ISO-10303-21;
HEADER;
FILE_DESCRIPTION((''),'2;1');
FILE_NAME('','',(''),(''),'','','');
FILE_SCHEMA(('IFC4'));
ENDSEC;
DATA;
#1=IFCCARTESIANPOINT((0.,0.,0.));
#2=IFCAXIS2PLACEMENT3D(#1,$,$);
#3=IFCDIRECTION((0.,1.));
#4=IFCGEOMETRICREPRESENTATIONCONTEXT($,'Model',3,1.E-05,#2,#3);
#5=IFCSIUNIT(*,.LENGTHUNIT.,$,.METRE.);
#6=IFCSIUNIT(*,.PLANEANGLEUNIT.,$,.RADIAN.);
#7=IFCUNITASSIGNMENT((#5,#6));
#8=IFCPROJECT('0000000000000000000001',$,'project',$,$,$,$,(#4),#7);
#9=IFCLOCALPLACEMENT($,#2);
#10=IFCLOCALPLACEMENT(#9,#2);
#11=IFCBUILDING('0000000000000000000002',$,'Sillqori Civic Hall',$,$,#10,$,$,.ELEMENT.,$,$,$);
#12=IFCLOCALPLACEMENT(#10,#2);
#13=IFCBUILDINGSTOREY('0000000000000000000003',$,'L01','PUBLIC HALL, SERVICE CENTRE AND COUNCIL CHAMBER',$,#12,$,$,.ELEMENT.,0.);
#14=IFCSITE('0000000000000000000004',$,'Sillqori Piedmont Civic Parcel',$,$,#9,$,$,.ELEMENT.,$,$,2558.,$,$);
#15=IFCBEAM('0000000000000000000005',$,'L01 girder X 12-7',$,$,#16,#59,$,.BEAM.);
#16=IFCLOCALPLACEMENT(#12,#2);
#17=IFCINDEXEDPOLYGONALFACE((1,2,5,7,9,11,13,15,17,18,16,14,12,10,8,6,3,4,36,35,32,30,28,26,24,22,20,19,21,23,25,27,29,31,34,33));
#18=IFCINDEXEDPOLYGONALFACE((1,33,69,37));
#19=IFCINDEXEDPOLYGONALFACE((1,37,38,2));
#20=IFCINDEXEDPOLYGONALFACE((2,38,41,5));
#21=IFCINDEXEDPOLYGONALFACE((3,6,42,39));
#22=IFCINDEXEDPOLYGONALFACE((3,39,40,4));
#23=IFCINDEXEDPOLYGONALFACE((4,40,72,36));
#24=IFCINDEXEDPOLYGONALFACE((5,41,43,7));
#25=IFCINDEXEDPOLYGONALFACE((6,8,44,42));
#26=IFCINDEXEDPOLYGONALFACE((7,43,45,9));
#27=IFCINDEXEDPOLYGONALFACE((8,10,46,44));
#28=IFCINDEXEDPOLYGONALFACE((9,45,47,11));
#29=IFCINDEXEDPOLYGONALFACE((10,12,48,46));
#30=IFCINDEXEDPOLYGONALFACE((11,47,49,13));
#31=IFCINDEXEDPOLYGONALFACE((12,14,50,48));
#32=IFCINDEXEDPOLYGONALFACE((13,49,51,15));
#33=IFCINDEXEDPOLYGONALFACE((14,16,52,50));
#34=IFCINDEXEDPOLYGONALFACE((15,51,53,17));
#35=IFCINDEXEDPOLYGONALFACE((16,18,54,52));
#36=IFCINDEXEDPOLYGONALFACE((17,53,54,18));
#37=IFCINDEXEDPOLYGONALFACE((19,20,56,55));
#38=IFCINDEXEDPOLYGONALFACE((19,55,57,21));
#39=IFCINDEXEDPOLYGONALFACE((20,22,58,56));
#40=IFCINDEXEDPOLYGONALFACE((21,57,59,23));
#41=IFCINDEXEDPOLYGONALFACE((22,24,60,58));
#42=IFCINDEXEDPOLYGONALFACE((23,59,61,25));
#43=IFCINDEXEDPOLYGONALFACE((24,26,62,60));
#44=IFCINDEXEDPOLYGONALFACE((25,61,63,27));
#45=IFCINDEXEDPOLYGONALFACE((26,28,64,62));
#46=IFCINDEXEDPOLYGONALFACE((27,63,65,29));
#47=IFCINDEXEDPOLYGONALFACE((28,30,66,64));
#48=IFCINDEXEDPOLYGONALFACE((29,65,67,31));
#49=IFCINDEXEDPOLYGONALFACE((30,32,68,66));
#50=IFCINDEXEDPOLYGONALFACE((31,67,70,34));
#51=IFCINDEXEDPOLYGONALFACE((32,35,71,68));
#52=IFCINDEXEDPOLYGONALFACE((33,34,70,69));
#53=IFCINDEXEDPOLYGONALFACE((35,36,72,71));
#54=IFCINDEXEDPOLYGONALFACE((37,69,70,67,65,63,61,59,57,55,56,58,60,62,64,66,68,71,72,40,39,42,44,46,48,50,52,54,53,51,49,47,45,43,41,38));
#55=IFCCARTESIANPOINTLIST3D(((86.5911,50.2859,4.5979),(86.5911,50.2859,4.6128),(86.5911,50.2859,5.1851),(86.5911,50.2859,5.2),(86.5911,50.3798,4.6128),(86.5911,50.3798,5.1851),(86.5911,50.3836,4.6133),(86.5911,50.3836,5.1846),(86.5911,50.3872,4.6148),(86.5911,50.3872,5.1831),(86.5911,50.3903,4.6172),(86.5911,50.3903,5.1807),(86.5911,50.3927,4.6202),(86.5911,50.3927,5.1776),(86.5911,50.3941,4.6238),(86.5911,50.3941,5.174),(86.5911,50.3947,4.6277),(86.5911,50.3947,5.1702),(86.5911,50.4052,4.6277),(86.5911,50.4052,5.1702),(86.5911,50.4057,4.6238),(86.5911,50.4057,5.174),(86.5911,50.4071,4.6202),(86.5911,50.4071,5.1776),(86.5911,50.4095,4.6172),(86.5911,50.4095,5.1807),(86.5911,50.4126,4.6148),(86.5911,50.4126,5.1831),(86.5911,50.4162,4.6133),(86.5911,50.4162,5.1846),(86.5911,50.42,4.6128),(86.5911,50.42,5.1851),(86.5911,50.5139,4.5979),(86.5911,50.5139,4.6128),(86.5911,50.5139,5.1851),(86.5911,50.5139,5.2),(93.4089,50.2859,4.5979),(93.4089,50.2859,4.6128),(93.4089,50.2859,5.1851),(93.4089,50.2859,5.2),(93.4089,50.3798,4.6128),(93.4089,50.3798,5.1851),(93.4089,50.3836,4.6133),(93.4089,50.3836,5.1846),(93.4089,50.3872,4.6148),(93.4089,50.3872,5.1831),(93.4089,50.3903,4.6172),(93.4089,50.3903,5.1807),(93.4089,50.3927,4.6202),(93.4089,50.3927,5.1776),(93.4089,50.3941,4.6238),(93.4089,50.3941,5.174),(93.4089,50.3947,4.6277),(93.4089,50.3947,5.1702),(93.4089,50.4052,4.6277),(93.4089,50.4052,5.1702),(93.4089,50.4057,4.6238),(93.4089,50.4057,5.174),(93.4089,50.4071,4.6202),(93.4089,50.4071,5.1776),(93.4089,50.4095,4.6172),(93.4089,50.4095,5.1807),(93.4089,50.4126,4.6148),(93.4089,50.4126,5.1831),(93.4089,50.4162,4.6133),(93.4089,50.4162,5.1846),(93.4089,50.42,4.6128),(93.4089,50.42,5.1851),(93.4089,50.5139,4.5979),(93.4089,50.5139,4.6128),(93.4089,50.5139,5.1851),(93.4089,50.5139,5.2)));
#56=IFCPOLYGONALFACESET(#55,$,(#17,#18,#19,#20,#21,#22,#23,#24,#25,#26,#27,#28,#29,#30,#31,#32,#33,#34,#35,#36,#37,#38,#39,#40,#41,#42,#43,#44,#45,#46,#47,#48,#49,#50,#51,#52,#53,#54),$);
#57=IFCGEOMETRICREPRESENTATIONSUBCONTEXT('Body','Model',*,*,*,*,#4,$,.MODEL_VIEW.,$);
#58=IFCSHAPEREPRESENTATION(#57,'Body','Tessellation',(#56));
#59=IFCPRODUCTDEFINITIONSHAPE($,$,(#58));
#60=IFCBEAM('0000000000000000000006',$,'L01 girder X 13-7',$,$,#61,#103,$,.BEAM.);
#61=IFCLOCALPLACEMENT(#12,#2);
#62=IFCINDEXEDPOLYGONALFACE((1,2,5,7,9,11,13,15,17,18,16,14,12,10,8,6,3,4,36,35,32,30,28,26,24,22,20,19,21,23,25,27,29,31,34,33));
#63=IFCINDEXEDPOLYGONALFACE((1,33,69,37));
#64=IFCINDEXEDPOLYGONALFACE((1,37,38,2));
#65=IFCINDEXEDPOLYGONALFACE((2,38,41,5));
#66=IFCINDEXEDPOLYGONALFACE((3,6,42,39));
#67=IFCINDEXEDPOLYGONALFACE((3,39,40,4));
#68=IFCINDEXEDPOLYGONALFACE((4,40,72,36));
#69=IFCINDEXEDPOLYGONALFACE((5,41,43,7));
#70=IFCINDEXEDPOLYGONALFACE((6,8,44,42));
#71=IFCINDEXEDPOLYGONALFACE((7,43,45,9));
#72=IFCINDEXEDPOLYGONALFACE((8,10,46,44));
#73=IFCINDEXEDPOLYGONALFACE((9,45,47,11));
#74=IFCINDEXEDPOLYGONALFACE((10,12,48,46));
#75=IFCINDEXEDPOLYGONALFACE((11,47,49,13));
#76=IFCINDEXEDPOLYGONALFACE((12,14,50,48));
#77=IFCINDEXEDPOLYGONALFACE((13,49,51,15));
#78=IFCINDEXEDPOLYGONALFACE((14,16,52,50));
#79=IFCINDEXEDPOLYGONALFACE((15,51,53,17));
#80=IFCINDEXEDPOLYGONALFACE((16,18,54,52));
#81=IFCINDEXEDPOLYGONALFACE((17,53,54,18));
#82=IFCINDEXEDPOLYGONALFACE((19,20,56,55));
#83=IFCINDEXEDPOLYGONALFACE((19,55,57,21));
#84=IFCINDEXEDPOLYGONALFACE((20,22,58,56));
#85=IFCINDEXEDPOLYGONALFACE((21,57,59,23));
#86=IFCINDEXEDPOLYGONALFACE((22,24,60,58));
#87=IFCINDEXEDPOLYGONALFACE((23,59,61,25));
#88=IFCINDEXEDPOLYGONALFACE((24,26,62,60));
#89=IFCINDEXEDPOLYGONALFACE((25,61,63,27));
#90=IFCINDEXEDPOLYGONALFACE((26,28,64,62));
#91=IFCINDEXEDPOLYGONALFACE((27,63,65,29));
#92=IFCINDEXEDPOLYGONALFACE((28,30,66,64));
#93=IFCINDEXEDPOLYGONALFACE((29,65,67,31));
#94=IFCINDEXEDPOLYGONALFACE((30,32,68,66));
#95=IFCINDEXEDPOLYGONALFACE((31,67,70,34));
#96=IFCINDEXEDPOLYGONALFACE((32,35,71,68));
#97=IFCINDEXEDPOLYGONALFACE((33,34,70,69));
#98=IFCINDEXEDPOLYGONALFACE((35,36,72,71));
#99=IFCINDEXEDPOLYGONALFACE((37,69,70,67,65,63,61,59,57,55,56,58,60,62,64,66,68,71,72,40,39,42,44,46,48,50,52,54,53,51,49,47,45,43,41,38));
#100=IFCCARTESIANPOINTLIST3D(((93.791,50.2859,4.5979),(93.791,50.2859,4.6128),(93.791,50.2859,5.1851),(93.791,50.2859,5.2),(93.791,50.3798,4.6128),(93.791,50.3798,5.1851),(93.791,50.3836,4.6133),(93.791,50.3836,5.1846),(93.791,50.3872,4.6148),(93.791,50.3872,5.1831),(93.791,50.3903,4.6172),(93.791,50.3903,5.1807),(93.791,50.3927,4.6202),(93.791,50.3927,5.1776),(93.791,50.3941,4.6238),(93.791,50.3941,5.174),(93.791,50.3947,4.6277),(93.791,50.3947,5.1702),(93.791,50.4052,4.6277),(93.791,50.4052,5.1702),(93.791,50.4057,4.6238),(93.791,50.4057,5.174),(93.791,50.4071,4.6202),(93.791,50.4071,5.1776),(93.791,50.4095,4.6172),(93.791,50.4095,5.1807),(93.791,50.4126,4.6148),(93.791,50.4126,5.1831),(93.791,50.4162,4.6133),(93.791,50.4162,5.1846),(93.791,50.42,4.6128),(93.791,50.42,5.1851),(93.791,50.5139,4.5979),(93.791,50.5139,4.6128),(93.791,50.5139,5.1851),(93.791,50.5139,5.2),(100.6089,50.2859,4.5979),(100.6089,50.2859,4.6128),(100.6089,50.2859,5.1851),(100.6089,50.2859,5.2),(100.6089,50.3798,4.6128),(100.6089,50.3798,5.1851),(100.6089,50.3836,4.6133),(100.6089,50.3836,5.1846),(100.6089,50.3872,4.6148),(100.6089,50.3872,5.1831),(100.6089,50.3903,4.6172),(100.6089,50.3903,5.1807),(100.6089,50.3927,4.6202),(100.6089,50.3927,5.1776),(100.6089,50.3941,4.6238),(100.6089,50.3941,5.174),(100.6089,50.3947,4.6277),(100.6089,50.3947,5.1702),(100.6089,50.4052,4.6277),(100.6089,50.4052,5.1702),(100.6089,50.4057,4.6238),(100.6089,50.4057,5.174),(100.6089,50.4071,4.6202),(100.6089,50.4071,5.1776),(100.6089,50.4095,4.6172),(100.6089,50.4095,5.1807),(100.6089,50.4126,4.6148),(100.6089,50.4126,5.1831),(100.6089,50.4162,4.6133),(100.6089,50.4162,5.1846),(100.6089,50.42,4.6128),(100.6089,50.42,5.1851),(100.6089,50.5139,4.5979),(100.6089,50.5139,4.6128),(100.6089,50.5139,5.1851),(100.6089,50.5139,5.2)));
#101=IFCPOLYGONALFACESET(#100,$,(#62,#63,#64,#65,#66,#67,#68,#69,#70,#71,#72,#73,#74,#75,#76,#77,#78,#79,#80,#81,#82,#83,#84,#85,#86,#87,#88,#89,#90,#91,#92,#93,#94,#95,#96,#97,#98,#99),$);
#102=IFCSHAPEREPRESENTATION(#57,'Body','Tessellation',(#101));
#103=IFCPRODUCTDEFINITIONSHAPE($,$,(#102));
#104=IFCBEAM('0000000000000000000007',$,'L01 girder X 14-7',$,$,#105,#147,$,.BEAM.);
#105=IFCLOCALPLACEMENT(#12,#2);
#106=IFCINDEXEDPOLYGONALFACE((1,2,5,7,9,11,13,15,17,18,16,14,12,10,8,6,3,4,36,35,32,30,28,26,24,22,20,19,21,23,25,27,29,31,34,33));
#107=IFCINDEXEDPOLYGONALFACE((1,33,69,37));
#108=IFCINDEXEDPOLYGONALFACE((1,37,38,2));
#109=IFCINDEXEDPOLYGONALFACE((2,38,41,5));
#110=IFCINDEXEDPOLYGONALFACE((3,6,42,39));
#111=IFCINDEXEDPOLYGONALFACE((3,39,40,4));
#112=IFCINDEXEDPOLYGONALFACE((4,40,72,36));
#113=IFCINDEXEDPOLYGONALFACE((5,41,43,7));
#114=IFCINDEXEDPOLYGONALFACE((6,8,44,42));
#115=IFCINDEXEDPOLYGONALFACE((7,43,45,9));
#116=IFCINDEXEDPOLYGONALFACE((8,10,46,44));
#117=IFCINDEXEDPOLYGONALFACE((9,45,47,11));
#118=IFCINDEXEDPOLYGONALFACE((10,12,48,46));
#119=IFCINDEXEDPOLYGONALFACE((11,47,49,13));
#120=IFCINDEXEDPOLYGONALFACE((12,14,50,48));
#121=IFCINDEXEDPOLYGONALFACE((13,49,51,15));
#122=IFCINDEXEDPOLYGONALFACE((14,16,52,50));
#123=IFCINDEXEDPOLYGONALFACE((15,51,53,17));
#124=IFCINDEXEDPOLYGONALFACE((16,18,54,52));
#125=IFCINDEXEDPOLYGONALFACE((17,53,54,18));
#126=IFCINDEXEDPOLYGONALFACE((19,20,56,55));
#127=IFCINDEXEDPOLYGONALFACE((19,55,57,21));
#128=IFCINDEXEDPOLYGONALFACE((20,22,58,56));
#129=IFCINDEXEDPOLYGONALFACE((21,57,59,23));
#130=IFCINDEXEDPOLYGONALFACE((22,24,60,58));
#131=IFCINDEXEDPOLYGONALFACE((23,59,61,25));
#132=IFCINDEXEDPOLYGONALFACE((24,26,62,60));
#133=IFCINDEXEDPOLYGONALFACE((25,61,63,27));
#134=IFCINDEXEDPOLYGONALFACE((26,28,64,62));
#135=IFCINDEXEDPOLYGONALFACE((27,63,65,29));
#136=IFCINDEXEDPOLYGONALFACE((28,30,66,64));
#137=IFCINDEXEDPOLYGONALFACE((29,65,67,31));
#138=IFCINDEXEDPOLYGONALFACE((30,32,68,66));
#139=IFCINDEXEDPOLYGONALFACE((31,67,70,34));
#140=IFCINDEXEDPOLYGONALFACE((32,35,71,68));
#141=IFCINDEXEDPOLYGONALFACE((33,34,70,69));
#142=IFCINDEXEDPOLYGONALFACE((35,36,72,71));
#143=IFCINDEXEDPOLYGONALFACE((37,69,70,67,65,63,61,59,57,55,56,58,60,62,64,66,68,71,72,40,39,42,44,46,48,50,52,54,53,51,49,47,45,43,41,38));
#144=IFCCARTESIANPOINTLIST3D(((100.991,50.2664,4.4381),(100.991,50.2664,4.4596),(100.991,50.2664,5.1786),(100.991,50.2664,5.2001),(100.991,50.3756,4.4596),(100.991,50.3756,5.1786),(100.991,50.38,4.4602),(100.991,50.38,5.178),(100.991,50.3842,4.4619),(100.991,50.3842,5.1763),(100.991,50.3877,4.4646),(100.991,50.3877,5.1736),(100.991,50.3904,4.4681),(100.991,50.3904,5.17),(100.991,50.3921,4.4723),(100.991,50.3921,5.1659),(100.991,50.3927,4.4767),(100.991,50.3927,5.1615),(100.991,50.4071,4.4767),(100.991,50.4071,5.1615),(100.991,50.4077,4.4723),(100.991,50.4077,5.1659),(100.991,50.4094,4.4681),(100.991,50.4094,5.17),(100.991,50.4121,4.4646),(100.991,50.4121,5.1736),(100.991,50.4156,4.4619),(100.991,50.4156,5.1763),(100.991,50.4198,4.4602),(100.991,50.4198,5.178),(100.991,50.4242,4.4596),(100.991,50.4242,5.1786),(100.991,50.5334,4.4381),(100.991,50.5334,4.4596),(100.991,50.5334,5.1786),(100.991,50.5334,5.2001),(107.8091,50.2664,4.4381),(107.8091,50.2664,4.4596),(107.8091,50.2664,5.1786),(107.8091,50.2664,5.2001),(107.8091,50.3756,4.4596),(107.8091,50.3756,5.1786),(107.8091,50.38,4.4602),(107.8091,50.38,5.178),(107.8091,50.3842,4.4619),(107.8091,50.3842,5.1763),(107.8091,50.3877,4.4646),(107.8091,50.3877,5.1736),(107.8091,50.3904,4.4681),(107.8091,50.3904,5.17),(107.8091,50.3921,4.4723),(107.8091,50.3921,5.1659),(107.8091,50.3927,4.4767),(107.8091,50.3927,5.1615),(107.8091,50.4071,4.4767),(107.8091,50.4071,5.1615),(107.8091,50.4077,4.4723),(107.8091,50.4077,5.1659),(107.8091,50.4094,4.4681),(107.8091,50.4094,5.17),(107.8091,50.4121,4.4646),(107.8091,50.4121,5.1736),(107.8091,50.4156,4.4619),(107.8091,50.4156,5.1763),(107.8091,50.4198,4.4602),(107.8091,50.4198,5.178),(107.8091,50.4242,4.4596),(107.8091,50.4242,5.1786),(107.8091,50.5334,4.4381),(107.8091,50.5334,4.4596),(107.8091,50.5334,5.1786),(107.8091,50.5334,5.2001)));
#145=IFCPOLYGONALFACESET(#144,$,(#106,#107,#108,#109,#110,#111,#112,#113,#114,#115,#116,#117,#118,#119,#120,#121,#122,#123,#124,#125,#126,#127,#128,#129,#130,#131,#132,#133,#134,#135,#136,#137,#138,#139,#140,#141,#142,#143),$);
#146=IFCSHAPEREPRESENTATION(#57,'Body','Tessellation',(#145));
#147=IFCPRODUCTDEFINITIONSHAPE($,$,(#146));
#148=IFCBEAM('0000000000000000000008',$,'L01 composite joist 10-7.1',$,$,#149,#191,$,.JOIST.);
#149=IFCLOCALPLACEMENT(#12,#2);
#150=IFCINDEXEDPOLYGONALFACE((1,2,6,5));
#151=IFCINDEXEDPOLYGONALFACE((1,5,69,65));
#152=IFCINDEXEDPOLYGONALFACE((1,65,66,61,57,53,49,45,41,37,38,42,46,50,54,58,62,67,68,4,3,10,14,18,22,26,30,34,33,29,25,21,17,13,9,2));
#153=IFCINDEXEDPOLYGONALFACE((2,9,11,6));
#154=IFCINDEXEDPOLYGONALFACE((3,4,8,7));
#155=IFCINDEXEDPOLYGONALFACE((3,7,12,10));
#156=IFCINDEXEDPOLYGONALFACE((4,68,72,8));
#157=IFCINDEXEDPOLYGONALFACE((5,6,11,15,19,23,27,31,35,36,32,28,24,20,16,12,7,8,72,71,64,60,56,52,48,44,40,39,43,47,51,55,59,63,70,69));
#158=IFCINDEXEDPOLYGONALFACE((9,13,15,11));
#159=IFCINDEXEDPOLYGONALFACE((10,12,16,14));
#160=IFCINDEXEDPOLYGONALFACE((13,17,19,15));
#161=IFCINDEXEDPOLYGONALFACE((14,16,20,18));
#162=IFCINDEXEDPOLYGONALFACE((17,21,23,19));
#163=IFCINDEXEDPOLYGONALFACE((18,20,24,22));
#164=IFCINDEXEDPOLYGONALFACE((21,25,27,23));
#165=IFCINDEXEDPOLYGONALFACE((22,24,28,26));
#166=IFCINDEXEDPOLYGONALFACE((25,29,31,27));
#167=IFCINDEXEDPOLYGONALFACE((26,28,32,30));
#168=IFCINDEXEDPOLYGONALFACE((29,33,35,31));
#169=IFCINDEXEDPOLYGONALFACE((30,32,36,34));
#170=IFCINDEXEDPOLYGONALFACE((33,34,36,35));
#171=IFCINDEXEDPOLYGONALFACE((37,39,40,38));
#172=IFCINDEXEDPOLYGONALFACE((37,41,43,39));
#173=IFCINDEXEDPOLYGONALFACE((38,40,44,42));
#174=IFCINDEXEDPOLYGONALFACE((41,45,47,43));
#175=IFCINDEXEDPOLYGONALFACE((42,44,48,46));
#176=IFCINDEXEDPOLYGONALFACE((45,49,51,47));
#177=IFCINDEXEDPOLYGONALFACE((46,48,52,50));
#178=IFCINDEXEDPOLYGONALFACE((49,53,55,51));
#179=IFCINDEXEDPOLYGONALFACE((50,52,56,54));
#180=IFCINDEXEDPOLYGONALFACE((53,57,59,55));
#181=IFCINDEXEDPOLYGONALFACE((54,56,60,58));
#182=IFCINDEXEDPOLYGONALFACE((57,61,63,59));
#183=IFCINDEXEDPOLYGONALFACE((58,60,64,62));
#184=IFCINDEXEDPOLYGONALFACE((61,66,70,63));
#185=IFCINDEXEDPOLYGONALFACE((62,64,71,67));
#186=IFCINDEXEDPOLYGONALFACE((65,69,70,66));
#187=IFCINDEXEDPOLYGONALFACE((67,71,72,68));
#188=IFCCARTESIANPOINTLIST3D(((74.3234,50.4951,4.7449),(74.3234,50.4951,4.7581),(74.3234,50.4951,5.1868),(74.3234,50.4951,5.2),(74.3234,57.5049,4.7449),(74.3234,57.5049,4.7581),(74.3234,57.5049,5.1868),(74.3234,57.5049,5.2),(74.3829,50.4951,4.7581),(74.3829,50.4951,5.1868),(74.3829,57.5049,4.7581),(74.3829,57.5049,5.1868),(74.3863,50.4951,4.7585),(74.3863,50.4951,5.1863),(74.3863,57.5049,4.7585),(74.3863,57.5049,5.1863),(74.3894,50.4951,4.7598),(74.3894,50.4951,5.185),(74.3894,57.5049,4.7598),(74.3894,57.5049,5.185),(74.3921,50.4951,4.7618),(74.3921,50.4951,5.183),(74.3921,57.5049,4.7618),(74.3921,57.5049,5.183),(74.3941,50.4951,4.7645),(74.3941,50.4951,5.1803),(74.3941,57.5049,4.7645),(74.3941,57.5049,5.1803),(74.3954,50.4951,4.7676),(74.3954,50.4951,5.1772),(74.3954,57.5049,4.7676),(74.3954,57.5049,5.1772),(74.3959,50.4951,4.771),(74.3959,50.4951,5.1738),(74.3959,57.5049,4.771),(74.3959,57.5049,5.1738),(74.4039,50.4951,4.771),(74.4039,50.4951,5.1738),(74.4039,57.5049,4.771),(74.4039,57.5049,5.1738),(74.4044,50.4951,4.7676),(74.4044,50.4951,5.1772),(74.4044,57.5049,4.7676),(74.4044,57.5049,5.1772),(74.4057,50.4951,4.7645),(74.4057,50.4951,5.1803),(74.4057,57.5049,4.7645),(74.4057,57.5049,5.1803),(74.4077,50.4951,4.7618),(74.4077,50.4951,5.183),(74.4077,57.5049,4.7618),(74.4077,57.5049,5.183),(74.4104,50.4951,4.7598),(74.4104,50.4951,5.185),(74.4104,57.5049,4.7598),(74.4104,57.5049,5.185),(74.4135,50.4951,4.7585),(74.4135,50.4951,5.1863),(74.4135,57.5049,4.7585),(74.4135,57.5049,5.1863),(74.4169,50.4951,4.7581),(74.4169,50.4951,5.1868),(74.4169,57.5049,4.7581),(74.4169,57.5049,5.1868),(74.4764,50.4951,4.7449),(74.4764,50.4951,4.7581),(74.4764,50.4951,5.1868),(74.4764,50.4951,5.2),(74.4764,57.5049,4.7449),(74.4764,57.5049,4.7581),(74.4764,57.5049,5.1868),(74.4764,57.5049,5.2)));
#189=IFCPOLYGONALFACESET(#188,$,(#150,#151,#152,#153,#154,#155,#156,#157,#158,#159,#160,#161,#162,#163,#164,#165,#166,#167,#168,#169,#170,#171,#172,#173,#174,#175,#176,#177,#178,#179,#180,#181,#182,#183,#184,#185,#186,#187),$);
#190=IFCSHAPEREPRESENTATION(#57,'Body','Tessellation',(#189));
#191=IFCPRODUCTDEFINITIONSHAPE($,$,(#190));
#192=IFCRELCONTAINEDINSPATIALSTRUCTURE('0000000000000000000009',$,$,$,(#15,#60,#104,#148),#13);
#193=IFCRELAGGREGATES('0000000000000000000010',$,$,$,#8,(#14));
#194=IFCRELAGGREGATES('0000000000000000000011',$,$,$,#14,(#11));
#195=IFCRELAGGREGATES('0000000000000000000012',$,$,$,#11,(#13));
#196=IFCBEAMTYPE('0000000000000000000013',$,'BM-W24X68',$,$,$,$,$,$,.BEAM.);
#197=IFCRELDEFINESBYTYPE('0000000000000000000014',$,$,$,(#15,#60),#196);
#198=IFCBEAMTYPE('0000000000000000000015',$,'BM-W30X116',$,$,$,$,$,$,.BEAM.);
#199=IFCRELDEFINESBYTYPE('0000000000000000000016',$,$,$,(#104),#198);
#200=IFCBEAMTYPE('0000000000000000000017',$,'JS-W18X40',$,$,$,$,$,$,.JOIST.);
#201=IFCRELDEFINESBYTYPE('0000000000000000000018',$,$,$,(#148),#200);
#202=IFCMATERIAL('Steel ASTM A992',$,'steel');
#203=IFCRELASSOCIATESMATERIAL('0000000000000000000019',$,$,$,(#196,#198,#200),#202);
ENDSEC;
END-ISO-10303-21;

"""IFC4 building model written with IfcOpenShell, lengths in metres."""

from ifc_helpers import new_model, si_unit, direction, frame, origin, origin_2d, place, context, subcontext, project, spatial, i_section, extrude, material, material_profile, profile_set, type_object, element, save


model = new_model("IFC4")

# Units and contexts
model_context = context("Model", 3, precision=1e-05, world=origin(), true_north=direction((0.0, 1.0)))
body_context = subcontext(model_context, "Body", "Model", "MODEL_VIEW")
ifc_project = project(units=[si_unit("LENGTHUNIT", "METRE"), si_unit("PLANEANGLEUNIT", "RADIAN")], contexts=[model_context])

# Site, building, storey
site_placement = place(None, origin())
site = spatial("IfcSite", under=ifc_project, at=site_placement, Name="Sillqori Piedmont Civic Parcel", CompositionType="ELEMENT", RefElevation=2558.0)
building_placement = place(site_placement, origin())
building = spatial("IfcBuilding", under=site, at=building_placement, Name="Sillqori Civic Hall", CompositionType="ELEMENT")
storey_placement = place(building_placement, origin())
storey = spatial("IfcBuildingStorey", under=building, at=storey_placement, Name="L01", Description="PUBLIC HALL, SERVICE CENTRE AND COUNCIL CHAMBER", CompositionType="ELEMENT", Elevation=0.0)

# Shared definitions
ifc_material_1 = material(Name="Steel ASTM A992", Category="steel")

# Beams
ifc_material_profile_1 = material_profile(ifc_material_1, i_section(OverallWidth=0.228, OverallDepth=0.6021, WebThickness=0.0105, FlangeThickness=0.0149, FilletRadius=0.0149, at=origin_2d()), Name="W24X68")
ifc_profile_set_1 = profile_set([ifc_material_profile_1], Name="Steel ASTM A992")
beam_type_1 = type_object("IfcBeamType", Name="BM-W24X68", PredefinedType="BEAM", material=ifc_profile_set_1)
for number, where, z_axis, x_axis, name in (
    (1, (86.5911, 50.3999, 4.8989), (1.0, 0.0, 0.0), (0.0, 1.0, 0.0), "L01 girder X 12-7"),
    (2, (93.791, 50.3999, 4.8989), (1.0, 0.0, 0.0), (0.0, 1.0, 0.0), "L01 girder X 13-7"),
):
    element("IfcBeam", number, at=place(storey_placement, frame(where, z_axis=z_axis, x_axis=x_axis)), inside=storey, type_object=beam_type_1, Name=name, PredefinedType="BEAM", context=body_context, shape_type="SweptSolid", body=[
        extrude(i_section(OverallWidth=0.228, OverallDepth=0.6021, WebThickness=0.0105, FlangeThickness=0.0149, FilletRadius=0.0149, at=origin_2d()), origin(), (0.0, 0.0, 1.0), 6.8179),
    ])
ifc_material_profile_2 = material_profile(ifc_material_1, i_section(OverallWidth=0.2671, OverallDepth=0.762, WebThickness=0.0144, FlangeThickness=0.0215, FilletRadius=0.0171, at=origin_2d()), Name="W30X116")
ifc_profile_set_2 = profile_set([ifc_material_profile_2], Name="Steel ASTM A992")
beam_type_2 = type_object("IfcBeamType", Name="BM-W30X116", PredefinedType="BEAM", material=ifc_profile_set_2)
beam_1_placement = place(storey_placement, frame((100.991, 50.3999, 4.8191), z_axis=(1.0, 0.0, 0.0), x_axis=(0.0, 1.0, 0.0)))
element("IfcBeam", 3, at=beam_1_placement, inside=storey, type_object=beam_type_2, Name="L01 girder X 14-7", PredefinedType="BEAM", context=body_context, shape_type="SweptSolid", body=[
    extrude(i_section(OverallWidth=0.2671, OverallDepth=0.762, WebThickness=0.0144, FlangeThickness=0.0215, FilletRadius=0.0171, at=origin_2d()), origin(), (0.0, 0.0, 1.0), 6.8181),
])
ifc_material_profile_3 = material_profile(ifc_material_1, i_section(OverallWidth=0.1531, OverallDepth=0.4551, WebThickness=0.0081, FlangeThickness=0.0132, FilletRadius=0.0129, at=origin_2d()), Name="W18X40")
ifc_profile_set_3 = profile_set([ifc_material_profile_3], Name="Steel ASTM A992")
beam_type_3 = type_object("IfcBeamType", Name="JS-W18X40", PredefinedType="JOIST", material=ifc_profile_set_3)
for number, where, z_axis, x_axis, name in (
    (4, (74.3999, 50.4951, 4.9724), (0.0, 1.0, 0.0), (-1.0, 0.0, 0.0), "L01 composite joist 10-7.1"),
):
    element("IfcBeam", number, at=place(storey_placement, frame(where, z_axis=z_axis, x_axis=x_axis)), inside=storey, type_object=beam_type_3, Name=name, PredefinedType="JOIST", context=body_context, shape_type="SweptSolid", body=[
        extrude(i_section(OverallWidth=0.1531, OverallDepth=0.4551, WebThickness=0.0081, FlangeThickness=0.0132, FilletRadius=0.0129, at=origin_2d()), origin(), (0.0, 0.0, 1.0), 7.0098),
    ])

save(model, "model.ifc")
